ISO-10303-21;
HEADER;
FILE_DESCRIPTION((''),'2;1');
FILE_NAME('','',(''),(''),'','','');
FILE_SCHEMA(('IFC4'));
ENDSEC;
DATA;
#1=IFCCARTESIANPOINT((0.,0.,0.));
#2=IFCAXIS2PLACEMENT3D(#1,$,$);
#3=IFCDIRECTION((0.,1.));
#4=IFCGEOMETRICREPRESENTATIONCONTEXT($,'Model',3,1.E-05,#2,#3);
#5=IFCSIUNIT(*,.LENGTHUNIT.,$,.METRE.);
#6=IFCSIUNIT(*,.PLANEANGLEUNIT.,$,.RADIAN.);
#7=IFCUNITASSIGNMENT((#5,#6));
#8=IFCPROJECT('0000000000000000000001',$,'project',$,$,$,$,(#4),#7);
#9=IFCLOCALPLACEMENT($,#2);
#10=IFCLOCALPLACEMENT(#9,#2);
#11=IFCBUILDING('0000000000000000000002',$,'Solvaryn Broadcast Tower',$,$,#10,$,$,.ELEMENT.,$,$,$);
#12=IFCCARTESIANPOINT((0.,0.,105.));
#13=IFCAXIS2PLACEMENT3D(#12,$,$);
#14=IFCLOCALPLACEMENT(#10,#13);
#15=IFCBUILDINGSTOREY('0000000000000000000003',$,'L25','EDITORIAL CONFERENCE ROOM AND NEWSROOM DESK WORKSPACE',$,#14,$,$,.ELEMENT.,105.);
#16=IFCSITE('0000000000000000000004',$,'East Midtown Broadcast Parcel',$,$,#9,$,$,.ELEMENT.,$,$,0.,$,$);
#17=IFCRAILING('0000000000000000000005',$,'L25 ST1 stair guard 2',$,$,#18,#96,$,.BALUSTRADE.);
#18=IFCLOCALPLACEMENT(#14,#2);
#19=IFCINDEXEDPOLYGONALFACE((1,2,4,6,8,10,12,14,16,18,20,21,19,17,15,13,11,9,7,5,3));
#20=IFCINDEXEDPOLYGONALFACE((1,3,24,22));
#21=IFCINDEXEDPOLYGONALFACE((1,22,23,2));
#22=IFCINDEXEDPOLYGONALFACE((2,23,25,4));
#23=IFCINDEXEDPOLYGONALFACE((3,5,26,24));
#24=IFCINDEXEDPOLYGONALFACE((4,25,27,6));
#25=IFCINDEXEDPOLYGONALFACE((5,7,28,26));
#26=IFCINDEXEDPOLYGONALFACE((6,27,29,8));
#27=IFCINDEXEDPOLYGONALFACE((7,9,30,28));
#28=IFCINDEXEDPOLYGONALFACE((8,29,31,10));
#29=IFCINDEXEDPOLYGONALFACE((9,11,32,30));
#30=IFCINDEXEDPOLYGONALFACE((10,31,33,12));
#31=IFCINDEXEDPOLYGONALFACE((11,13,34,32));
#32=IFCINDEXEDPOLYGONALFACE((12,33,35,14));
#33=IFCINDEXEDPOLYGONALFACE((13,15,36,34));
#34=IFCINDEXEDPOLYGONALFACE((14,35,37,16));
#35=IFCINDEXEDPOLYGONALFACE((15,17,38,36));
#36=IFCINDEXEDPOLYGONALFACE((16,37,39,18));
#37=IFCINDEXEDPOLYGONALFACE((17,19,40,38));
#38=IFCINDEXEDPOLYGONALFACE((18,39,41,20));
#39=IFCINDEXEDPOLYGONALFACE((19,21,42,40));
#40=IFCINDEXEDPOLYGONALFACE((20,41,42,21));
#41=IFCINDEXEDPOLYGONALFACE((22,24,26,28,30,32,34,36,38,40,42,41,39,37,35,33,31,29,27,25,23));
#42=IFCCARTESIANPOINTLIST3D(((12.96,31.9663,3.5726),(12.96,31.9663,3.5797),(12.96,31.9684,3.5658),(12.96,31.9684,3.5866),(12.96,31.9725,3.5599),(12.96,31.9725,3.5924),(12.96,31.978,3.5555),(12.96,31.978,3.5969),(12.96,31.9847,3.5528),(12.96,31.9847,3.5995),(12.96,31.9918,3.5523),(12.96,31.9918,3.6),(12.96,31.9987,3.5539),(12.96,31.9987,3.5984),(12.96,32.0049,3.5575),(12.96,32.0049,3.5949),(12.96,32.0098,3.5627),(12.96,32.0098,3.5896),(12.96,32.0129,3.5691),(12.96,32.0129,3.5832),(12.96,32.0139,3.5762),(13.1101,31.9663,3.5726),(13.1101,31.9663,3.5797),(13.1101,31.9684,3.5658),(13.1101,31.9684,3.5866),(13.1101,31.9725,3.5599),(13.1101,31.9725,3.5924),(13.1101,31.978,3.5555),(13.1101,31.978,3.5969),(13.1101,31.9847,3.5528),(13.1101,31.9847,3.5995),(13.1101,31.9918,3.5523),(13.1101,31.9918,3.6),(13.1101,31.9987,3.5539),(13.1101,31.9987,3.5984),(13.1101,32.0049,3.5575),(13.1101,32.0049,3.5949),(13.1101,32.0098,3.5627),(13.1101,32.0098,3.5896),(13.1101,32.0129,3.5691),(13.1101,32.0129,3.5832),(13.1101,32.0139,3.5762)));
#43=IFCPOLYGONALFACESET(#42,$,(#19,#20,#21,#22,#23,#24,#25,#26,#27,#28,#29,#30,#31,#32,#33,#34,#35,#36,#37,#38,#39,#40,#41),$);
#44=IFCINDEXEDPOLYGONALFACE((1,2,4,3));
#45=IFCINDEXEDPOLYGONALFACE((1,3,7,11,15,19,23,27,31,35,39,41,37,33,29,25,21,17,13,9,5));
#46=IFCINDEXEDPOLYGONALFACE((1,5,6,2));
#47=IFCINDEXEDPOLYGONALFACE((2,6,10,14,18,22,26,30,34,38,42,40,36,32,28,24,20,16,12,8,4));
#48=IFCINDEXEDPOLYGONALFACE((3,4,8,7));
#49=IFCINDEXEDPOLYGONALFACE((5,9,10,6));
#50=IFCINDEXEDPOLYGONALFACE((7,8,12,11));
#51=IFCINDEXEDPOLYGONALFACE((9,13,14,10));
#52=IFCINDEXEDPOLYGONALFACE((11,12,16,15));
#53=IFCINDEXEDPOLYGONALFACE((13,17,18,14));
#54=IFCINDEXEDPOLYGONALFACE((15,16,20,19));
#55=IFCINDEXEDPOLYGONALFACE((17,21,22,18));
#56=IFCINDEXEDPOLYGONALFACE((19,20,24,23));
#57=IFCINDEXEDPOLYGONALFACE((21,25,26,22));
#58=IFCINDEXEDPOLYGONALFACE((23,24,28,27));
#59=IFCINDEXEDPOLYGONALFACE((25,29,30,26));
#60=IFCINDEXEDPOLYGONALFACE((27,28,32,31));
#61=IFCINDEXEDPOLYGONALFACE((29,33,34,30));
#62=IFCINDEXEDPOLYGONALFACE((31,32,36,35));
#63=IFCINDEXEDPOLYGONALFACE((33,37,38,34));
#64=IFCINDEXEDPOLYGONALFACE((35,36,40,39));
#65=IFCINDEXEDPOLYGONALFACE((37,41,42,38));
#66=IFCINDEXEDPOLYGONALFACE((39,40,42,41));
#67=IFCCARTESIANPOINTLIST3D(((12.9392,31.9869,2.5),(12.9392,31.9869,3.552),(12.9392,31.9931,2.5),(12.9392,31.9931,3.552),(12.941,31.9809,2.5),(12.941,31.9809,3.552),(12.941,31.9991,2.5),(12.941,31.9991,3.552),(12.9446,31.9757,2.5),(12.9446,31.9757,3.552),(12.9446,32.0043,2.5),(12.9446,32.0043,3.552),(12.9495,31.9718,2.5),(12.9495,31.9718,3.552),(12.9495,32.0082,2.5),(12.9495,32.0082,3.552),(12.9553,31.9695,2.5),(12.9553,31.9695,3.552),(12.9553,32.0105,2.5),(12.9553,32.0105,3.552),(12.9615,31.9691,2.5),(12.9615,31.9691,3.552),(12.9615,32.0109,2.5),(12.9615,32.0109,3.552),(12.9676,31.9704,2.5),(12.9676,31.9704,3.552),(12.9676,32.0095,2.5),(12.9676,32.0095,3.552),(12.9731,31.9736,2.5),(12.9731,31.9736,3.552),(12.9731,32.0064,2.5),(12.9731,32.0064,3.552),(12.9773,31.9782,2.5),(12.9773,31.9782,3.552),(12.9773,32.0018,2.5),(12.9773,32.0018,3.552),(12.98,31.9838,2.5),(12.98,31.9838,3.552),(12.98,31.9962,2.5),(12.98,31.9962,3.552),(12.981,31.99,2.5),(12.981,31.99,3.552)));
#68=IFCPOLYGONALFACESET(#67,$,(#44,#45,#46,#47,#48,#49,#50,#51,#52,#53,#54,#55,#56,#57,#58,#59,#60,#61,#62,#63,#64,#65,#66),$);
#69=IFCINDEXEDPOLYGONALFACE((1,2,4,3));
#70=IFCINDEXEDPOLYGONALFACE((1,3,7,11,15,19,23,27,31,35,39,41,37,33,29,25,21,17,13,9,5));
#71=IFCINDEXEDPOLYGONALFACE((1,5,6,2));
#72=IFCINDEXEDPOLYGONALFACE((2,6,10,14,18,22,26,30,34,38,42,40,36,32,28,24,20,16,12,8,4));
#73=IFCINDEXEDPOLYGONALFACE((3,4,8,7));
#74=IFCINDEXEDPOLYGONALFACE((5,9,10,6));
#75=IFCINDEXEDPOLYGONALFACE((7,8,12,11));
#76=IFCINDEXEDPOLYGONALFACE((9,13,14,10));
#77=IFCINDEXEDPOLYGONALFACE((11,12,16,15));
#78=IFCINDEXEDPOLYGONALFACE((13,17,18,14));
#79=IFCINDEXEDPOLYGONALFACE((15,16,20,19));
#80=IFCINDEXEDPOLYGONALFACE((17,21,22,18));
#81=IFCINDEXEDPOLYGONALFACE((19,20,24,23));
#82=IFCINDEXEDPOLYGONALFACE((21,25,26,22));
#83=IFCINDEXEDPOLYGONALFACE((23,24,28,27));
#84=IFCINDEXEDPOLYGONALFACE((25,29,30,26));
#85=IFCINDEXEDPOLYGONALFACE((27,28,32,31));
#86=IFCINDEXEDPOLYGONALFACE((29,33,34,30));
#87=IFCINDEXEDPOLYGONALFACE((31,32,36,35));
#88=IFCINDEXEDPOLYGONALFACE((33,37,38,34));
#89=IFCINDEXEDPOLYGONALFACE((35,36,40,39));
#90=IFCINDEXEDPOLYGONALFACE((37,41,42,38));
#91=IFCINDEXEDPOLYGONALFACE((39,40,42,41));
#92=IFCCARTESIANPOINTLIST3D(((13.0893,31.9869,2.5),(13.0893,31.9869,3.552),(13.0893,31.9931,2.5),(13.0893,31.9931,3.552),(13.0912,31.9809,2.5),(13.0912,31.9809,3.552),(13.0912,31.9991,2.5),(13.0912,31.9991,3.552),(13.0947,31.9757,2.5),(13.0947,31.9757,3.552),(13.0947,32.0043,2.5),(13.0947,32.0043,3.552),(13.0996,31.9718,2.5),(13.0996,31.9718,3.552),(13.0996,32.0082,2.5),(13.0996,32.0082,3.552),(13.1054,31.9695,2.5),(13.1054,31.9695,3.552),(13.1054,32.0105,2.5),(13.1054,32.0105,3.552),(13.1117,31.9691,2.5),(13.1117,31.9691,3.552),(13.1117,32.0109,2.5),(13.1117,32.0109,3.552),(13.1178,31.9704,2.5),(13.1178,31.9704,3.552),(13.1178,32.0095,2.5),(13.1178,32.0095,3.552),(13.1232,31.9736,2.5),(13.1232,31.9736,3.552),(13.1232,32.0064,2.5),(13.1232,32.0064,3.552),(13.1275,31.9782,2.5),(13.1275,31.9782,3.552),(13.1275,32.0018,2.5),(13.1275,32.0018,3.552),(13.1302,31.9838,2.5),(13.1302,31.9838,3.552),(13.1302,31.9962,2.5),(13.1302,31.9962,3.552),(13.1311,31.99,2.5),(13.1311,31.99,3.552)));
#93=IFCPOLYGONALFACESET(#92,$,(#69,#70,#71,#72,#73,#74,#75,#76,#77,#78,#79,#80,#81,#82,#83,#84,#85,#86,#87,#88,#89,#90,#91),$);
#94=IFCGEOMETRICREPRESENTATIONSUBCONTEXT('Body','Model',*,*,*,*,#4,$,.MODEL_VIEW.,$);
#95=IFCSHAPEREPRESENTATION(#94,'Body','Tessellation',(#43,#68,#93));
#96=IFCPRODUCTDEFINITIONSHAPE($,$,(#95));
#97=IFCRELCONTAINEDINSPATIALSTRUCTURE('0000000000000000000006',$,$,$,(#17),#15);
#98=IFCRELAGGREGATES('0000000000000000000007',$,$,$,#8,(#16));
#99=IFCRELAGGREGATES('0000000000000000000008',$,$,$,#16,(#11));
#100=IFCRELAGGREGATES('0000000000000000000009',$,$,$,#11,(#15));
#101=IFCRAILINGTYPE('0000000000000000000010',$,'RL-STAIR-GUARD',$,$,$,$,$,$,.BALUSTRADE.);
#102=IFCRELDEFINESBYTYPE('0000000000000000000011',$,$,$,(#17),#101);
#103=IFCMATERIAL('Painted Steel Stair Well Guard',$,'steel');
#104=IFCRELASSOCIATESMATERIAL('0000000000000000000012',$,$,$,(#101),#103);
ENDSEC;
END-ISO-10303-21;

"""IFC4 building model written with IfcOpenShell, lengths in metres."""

from ifc_helpers import new_model, si_unit, direction, frame, origin, origin_2d, place, context, subcontext, project, spatial, circle, extrude, material, type_object, element, save


model = new_model("IFC4")

# Units and contexts
model_context = context("Model", 3, precision=1e-05, world=origin(), true_north=direction((0.0, 1.0)))
body_context = subcontext(model_context, "Body", "Model", "MODEL_VIEW")
ifc_project = project(units=[si_unit("LENGTHUNIT", "METRE"), si_unit("PLANEANGLEUNIT", "RADIAN")], contexts=[model_context])

# Site, building, storey
site_placement = place(None, origin())
site = spatial("IfcSite", under=ifc_project, at=site_placement, Name="East Midtown Broadcast Parcel", CompositionType="ELEMENT", RefElevation=0.0)
building_placement = place(site_placement, origin())
building = spatial("IfcBuilding", under=site, at=building_placement, Name="Solvaryn Broadcast Tower", CompositionType="ELEMENT")
storey_placement = place(building_placement, frame((0.0, 0.0, 105.0)))
storey = spatial("IfcBuildingStorey", under=building, at=storey_placement, Name="L25", Description="EDITORIAL CONFERENCE ROOM AND NEWSROOM DESK WORKSPACE", CompositionType="ELEMENT", Elevation=105.0)

# Railing
ifc_material_1 = material(Name="Painted Steel Stair Well Guard", Category="steel")
railing_type_1 = type_object("IfcRailingType", Name="RL-STAIR-GUARD", PredefinedType="BALUSTRADE", material=ifc_material_1)
railing_1_placement = place(storey_placement, frame((12.96, 31.99, 2.5)))
element("IfcRailing", 1, at=railing_1_placement, inside=storey, type_object=railing_type_1, Name="L25 ST1 stair guard 2", PredefinedType="BALUSTRADE", context=body_context, shape_type="SweptSolid", body=[
    extrude(circle(Radius=0.0239, at=origin_2d()), frame((0.0, 0.0, 1.0762), z_axis=(1.0, 0.0, 0.0), x_axis=(0.0, 1.0, 0.0)), (0.0, 0.0, 1.0), 0.1501),
    extrude(circle(Radius=0.021, at=origin_2d()), origin(), (0.0, 0.0, 1.0), 1.052),
    extrude(circle(Radius=0.021, at=origin_2d()), frame((0.1501, 0.0, 0.0)), (0.0, 0.0, 1.0), 1.052),
])

save(model, "model.ifc")
